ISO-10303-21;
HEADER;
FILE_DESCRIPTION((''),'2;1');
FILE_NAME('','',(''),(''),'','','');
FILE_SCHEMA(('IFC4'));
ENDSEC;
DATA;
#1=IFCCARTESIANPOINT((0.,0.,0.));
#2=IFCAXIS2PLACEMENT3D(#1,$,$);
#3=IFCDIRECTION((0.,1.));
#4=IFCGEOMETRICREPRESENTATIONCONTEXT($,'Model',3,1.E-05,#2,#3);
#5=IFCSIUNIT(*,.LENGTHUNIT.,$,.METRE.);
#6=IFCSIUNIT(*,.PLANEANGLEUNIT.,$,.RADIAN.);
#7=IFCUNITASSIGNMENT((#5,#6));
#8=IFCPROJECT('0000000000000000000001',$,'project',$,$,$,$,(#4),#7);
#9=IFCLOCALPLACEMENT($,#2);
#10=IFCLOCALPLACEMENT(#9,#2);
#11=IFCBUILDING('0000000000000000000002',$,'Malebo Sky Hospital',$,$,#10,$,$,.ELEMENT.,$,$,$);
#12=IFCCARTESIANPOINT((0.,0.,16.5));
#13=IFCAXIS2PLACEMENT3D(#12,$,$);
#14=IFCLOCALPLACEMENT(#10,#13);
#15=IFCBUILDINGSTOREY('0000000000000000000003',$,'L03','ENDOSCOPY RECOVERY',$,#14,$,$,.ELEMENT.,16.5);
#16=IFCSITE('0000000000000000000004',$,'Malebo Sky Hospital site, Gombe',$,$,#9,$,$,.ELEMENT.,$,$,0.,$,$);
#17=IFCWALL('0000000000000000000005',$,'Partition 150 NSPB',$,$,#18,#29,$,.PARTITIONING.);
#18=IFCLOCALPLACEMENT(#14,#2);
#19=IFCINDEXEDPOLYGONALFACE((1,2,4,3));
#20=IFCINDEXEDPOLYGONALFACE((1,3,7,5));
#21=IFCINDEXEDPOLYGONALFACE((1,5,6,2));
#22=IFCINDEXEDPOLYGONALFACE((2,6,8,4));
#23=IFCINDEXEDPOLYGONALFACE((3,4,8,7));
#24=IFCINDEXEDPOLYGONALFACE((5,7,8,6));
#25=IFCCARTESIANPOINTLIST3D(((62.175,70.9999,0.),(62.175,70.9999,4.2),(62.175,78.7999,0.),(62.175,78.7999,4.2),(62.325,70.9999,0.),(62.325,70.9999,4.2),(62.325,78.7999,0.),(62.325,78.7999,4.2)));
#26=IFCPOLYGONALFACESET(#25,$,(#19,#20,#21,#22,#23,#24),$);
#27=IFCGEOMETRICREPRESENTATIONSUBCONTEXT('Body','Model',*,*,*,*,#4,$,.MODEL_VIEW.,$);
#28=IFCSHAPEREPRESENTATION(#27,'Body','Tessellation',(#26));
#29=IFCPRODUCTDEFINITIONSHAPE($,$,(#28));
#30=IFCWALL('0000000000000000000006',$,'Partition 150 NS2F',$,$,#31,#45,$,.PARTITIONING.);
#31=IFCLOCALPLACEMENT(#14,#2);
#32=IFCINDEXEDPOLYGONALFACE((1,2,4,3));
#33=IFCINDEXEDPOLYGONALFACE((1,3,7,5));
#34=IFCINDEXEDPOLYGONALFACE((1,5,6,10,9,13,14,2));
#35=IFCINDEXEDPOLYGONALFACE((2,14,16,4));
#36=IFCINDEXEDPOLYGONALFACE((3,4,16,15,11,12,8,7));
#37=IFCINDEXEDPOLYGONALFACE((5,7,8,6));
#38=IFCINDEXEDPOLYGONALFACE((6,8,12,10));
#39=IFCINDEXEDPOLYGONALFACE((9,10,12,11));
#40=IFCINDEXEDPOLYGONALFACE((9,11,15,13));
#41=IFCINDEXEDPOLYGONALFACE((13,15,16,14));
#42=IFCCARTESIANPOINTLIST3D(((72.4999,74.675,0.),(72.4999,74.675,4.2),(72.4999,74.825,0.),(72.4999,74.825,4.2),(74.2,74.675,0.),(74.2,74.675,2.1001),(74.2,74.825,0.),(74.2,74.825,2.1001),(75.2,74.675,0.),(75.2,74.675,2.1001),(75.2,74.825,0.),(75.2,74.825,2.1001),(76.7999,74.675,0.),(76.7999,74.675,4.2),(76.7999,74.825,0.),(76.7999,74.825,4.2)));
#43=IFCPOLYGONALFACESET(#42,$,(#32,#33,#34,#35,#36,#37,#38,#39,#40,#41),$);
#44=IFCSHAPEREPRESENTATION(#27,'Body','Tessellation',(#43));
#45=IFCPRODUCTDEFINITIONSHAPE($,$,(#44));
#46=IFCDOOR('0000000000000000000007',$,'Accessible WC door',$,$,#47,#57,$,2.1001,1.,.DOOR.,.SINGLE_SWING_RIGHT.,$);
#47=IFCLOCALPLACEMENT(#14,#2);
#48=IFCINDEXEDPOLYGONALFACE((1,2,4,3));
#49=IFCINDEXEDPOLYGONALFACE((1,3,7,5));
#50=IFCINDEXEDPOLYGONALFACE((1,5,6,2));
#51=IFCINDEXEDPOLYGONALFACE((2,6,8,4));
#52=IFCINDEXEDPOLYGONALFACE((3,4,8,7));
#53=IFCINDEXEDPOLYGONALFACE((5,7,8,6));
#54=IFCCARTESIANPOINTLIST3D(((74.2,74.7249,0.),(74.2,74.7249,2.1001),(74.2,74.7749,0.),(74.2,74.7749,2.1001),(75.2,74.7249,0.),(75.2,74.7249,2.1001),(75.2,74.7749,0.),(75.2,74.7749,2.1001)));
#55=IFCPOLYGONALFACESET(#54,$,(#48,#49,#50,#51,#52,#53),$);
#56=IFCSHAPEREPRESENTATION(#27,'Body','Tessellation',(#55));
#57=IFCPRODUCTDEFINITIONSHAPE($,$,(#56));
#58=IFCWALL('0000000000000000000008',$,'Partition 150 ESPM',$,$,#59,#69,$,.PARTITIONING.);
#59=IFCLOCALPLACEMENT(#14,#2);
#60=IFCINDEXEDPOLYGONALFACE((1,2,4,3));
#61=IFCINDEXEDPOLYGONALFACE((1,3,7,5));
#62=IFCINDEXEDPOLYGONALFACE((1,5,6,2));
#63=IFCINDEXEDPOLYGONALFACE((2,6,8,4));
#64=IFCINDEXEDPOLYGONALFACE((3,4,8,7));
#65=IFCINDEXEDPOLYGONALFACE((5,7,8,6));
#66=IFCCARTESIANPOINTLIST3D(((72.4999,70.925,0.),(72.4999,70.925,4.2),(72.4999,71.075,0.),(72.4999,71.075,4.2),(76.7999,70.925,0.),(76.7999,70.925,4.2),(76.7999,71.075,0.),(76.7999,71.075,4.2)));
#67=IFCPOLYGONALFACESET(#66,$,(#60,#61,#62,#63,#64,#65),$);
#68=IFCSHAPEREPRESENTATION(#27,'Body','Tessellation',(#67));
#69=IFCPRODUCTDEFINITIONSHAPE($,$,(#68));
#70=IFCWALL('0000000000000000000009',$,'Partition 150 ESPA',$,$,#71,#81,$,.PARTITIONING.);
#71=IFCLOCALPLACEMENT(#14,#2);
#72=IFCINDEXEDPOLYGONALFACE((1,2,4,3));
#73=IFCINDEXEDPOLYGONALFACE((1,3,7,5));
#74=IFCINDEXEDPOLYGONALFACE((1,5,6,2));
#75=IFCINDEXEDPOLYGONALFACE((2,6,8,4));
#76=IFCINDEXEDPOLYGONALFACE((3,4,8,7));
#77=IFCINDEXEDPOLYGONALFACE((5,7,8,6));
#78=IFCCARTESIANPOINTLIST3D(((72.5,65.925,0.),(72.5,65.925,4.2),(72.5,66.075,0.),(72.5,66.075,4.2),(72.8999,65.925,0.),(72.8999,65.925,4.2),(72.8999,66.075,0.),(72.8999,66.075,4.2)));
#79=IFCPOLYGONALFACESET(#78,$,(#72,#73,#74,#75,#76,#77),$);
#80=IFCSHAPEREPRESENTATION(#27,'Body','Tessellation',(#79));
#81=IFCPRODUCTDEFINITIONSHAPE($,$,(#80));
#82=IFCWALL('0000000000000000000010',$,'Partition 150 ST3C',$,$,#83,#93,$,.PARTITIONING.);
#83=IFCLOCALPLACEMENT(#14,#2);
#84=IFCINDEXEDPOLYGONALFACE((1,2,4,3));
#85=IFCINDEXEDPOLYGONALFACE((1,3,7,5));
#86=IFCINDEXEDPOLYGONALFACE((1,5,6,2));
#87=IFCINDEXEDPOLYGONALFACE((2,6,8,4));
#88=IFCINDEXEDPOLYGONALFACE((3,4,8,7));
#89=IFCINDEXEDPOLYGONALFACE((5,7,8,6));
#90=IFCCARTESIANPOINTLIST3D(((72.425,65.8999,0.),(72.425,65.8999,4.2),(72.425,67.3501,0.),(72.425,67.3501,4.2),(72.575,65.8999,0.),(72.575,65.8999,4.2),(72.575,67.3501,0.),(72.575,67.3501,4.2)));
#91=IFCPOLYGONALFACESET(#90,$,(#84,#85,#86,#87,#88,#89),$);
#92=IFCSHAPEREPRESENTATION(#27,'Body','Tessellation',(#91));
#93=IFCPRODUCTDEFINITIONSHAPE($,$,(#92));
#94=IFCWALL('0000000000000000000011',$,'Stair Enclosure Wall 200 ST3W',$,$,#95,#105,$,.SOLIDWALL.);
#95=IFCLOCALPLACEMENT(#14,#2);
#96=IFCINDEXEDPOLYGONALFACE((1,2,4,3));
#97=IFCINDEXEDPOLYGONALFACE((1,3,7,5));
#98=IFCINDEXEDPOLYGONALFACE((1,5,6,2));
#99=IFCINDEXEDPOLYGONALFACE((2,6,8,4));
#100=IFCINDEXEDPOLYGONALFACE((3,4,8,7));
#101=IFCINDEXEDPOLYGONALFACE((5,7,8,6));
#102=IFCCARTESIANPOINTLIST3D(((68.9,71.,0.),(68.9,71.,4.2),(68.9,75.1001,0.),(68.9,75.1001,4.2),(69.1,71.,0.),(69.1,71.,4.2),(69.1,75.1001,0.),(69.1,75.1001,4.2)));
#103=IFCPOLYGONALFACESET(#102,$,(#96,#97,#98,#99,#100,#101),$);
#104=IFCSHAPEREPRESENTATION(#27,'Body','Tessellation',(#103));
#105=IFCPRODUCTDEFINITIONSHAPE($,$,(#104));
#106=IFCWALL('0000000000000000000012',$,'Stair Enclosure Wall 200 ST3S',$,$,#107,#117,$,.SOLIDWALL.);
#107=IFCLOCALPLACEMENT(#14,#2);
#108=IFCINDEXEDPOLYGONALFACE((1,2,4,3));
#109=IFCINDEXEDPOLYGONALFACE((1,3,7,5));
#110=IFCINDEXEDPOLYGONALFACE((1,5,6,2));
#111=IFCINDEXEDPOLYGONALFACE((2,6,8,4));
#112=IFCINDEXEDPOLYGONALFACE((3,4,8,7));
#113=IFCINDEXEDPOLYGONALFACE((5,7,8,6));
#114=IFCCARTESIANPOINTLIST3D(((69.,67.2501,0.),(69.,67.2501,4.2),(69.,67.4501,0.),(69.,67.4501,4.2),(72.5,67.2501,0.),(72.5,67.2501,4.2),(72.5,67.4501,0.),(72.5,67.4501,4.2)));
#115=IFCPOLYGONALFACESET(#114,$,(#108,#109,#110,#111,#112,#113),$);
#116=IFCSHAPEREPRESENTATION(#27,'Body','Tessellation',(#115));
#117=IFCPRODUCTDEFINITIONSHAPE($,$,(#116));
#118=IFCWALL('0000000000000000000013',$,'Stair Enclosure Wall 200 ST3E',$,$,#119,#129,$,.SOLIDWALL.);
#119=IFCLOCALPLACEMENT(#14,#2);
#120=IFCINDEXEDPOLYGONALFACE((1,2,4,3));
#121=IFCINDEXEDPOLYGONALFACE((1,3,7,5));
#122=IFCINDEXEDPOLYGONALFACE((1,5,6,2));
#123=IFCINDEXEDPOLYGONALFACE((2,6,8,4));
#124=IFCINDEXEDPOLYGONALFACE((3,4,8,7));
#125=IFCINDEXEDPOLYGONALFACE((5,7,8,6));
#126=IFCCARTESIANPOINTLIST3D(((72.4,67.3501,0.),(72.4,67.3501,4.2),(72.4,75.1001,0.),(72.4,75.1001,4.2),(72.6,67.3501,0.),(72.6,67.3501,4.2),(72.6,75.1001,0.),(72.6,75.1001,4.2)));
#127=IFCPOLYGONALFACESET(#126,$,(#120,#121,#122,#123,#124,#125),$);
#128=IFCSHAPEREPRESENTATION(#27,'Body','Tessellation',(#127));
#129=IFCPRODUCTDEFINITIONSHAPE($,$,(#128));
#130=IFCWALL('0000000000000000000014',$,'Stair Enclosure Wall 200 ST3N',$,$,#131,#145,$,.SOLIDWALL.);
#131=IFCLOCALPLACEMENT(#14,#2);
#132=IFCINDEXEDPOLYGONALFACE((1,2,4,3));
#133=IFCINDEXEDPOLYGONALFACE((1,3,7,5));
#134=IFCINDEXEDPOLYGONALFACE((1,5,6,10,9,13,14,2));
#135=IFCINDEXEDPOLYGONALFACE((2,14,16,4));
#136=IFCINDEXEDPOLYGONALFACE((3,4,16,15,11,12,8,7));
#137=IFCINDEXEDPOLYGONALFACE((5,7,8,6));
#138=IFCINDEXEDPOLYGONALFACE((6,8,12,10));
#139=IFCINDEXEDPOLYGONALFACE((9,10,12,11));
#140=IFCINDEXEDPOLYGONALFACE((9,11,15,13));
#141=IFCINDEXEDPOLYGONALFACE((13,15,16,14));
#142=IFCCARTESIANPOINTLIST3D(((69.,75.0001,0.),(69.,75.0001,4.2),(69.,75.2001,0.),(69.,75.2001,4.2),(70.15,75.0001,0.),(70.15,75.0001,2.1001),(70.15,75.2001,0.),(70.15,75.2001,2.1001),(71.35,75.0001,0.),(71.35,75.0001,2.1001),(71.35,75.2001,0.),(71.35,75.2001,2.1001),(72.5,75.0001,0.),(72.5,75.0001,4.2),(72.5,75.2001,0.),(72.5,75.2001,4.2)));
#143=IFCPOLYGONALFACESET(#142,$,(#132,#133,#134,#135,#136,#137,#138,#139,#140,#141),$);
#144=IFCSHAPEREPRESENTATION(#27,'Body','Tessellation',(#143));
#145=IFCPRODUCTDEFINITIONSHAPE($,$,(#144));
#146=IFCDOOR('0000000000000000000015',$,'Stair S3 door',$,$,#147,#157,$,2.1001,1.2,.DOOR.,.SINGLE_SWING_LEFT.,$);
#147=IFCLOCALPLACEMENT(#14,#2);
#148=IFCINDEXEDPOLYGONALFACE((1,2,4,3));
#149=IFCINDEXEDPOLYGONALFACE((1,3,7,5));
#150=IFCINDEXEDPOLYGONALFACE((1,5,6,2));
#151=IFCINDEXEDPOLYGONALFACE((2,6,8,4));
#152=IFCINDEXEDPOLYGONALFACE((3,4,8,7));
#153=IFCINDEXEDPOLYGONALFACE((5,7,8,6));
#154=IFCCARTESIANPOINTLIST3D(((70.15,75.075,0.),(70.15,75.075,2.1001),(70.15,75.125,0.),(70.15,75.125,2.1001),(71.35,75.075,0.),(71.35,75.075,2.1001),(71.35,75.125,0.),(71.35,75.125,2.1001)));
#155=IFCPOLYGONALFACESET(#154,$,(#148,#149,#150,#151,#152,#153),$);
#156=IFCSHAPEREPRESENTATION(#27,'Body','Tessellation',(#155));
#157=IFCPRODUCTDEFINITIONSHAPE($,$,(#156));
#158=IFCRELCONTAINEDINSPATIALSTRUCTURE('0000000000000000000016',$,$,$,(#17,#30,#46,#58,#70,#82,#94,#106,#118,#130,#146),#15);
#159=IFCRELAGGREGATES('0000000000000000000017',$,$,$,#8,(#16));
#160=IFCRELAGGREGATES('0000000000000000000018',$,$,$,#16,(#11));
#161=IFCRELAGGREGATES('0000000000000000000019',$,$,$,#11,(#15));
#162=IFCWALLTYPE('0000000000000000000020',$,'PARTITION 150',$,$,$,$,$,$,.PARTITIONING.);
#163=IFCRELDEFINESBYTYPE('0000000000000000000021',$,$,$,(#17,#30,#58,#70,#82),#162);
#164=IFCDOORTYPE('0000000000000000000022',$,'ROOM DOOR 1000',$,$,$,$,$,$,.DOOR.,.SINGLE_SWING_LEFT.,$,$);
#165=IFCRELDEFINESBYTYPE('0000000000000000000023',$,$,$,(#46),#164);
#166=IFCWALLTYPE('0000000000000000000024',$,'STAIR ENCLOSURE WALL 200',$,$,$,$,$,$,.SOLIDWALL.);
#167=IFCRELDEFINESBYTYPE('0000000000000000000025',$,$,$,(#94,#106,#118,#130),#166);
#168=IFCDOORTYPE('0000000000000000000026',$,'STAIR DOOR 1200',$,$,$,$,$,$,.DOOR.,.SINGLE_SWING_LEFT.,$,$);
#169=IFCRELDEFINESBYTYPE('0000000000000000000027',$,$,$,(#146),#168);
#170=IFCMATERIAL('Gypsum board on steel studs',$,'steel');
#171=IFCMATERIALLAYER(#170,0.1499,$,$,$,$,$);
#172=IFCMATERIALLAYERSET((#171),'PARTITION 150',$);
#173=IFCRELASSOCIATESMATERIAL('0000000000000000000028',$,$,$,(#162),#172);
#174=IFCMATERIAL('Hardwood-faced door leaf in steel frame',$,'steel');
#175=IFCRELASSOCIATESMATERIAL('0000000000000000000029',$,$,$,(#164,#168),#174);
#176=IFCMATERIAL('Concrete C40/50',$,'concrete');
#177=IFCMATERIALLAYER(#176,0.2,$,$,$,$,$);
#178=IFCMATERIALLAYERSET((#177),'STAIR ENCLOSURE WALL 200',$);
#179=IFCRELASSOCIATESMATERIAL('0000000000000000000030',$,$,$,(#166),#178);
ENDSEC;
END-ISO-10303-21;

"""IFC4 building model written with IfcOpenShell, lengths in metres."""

from ifc_helpers import new_model, si_unit, direction, frame, frame_2d, origin, place, context, subcontext, project, spatial, rectangle, extrude, material, layer, layer_set, type_object, element, fill, save


model = new_model("IFC4")

# Units and contexts
model_context = context("Model", 3, precision=1e-05, world=origin(), true_north=direction((0.0, 1.0)))
body_context = subcontext(model_context, "Body", "Model", "MODEL_VIEW")
ifc_project = project(units=[si_unit("LENGTHUNIT", "METRE"), si_unit("PLANEANGLEUNIT", "RADIAN")], contexts=[model_context])

# Site, building, storey
site_placement = place(None, origin())
site = spatial("IfcSite", under=ifc_project, at=site_placement, Name="Malebo Sky Hospital site, Gombe", CompositionType="ELEMENT", RefElevation=0.0)
building_placement = place(site_placement, origin())
building = spatial("IfcBuilding", under=site, at=building_placement, Name="Malebo Sky Hospital", CompositionType="ELEMENT")
storey_placement = place(building_placement, frame((0.0, 0.0, 16.5)))
storey = spatial("IfcBuildingStorey", under=building, at=storey_placement, Name="L03", Description="ENDOSCOPY RECOVERY", CompositionType="ELEMENT", Elevation=16.5)

# Wall
ifc_material_1 = material(Name="Gypsum board on steel studs", Category="steel")
ifc_layer_1 = layer(ifc_material_1, 0.1499)
ifc_layer_set_1 = layer_set([ifc_layer_1], Name="PARTITION 150")
wall_type_1 = type_object("IfcWallType", Name="PARTITION 150", PredefinedType="PARTITIONING", material=ifc_layer_set_1)
wall_1_placement = place(storey_placement, frame((62.25, 71.0, 0.0), z_axis=(0.0, 0.0, 1.0), x_axis=(0.0, 1.0, 0.0)))
element("IfcWall", 1, at=wall_1_placement, inside=storey, type_object=wall_type_1, Name="Partition 150 NSPB", PredefinedType="PARTITIONING", context=body_context, shape_type="SweptSolid", body=[
    extrude(rectangle(XDim=7.8, YDim=0.1499, at=frame_2d((3.8999, 0.0))), origin(), (0.0, 0.0, 1.0), 4.2),
])

# Wall, opening, door
wall_2_placement = place(storey_placement, frame((72.5, 74.75, 0.0), z_axis=(0.0, 0.0, 1.0), x_axis=(1.0, 0.0, 0.0)))
wall_2 = element("IfcWall", 2, at=wall_2_placement, inside=storey, type_object=wall_type_1, Name="Partition 150 NS2F", PredefinedType="PARTITIONING", context=body_context, shape_type="SweptSolid", body=[
    extrude(rectangle(XDim=4.3, YDim=0.1499, at=frame_2d((2.1499, 0.0))), origin(), (0.0, 0.0, 1.0), 4.2),
])
opening_1_placement = place(wall_2_placement, frame((1.7, 0.0, 0.0)))
opening_1 = element("IfcOpeningElement", 3, at=opening_1_placement, cuts=wall_2, PredefinedType="OPENING", context=body_context, shape_type="SweptSolid", body=[
    extrude(rectangle(XDim=1.0, YDim=2.1001, at=frame_2d((0.5, 1.05))), frame((0.0, 0.085, 0.0), z_axis=(0.0, -1.0, 0.0), x_axis=(1.0, 0.0, 0.0)), (0.0, 0.0, 1.0), 0.1699),
])
ifc_material_2 = material(Name="Hardwood-faced door leaf in steel frame", Category="steel")
door_type_1 = type_object("IfcDoorType", Name="ROOM DOOR 1000", OperationType="SINGLE_SWING_LEFT", PredefinedType="DOOR", material=ifc_material_2)
door_1_placement = place(opening_1_placement, origin())
door_1 = element("IfcDoor", 4, at=door_1_placement, inside=storey, type_object=door_type_1, Name="Accessible WC door", OperationType="SINGLE_SWING_RIGHT", OverallHeight=2.1001, OverallWidth=1.0, PredefinedType="DOOR", context=body_context, shape_type="SweptSolid", body=[
    extrude(rectangle(XDim=1.0, YDim=2.1001, at=frame_2d((0.5, 1.05))), frame((0.0, 0.0249, 0.0), z_axis=(0.0, -1.0, 0.0), x_axis=(1.0, 0.0, 0.0)), (0.0, 0.0, 1.0), 0.05),
])
fill(opening_1, door_1)

# Walls
wall_3_placement = place(storey_placement, frame((72.5, 71.0, 0.0), z_axis=(0.0, 0.0, 1.0), x_axis=(1.0, 0.0, 0.0)))
element("IfcWall", 5, at=wall_3_placement, inside=storey, type_object=wall_type_1, Name="Partition 150 ESPM", PredefinedType="PARTITIONING", context=body_context, shape_type="SweptSolid", body=[
    extrude(rectangle(XDim=4.3, YDim=0.1499, at=frame_2d((2.1499, 0.0))), origin(), (0.0, 0.0, 1.0), 4.2),
])
wall_4_placement = place(storey_placement, frame((72.5, 66.0, 0.0), z_axis=(0.0, 0.0, 1.0), x_axis=(1.0, 0.0, 0.0)))
element("IfcWall", 6, at=wall_4_placement, inside=storey, type_object=wall_type_1, Name="Partition 150 ESPA", PredefinedType="PARTITIONING", context=body_context, shape_type="SweptSolid", body=[
    extrude(rectangle(XDim=0.3999, YDim=0.1499, at=frame_2d((0.2, 0.0))), origin(), (0.0, 0.0, 1.0), 4.2),
])
wall_5_placement = place(storey_placement, frame((72.5, 65.8999, 0.0), z_axis=(0.0, 0.0, 1.0), x_axis=(0.0, 1.0, 0.0)))
element("IfcWall", 7, at=wall_5_placement, inside=storey, type_object=wall_type_1, Name="Partition 150 ST3C", PredefinedType="PARTITIONING", context=body_context, shape_type="SweptSolid", body=[
    extrude(rectangle(XDim=1.4502, YDim=0.1499, at=frame_2d((0.7251, 0.0))), origin(), (0.0, 0.0, 1.0), 4.2),
])
ifc_material_3 = material(Name="Concrete C40/50", Category="concrete")
ifc_layer_2 = layer(ifc_material_3, 0.2)
ifc_layer_set_2 = layer_set([ifc_layer_2], Name="STAIR ENCLOSURE WALL 200")
wall_type_2 = type_object("IfcWallType", Name="STAIR ENCLOSURE WALL 200", PredefinedType="SOLIDWALL", material=ifc_layer_set_2)
wall_6_placement = place(storey_placement, frame((69.0, 71.0, 0.0), z_axis=(0.0, 0.0, 1.0), x_axis=(0.0, 1.0, 0.0)))
element("IfcWall", 8, at=wall_6_placement, inside=storey, type_object=wall_type_2, Name="Stair Enclosure Wall 200 ST3W", PredefinedType="SOLIDWALL", context=body_context, shape_type="SweptSolid", body=[
    extrude(rectangle(XDim=4.1001, YDim=0.2, at=frame_2d((2.05, 0.0))), origin(), (0.0, 0.0, 1.0), 4.2),
])
wall_7_placement = place(storey_placement, frame((69.0, 67.3501, 0.0), z_axis=(0.0, 0.0, 1.0), x_axis=(1.0, 0.0, 0.0)))
element("IfcWall", 9, at=wall_7_placement, inside=storey, type_object=wall_type_2, Name="Stair Enclosure Wall 200 ST3S", PredefinedType="SOLIDWALL", context=body_context, shape_type="SweptSolid", body=[
    extrude(rectangle(XDim=3.5, YDim=0.2, at=frame_2d((1.75, 0.0))), origin(), (0.0, 0.0, 1.0), 4.2),
])
wall_8_placement = place(storey_placement, frame((72.5, 67.3501, 0.0), z_axis=(0.0, 0.0, 1.0), x_axis=(0.0, 1.0, 0.0)))
element("IfcWall", 10, at=wall_8_placement, inside=storey, type_object=wall_type_2, Name="Stair Enclosure Wall 200 ST3E", PredefinedType="SOLIDWALL", context=body_context, shape_type="SweptSolid", body=[
    extrude(rectangle(XDim=7.75, YDim=0.2, at=frame_2d((3.875, 0.0))), origin(), (0.0, 0.0, 1.0), 4.2),
])

# Wall, opening, door
wall_9_placement = place(storey_placement, frame((69.0, 75.1001, 0.0), z_axis=(0.0, 0.0, 1.0), x_axis=(1.0, 0.0, 0.0)))
wall_9 = element("IfcWall", 11, at=wall_9_placement, inside=storey, type_object=wall_type_2, Name="Stair Enclosure Wall 200 ST3N", PredefinedType="SOLIDWALL", context=body_context, shape_type="SweptSolid", body=[
    extrude(rectangle(XDim=3.5, YDim=0.2, at=frame_2d((1.75, 0.0))), origin(), (0.0, 0.0, 1.0), 4.2),
])
opening_2_placement = place(wall_9_placement, frame((1.1499, 0.0, 0.0)))
opening_2 = element("IfcOpeningElement", 12, at=opening_2_placement, cuts=wall_9, PredefinedType="OPENING", context=body_context, shape_type="SweptSolid", body=[
    extrude(rectangle(XDim=1.2, YDim=2.1001, at=frame_2d((0.6001, 1.05))), frame((0.0, 0.1099, 0.0), z_axis=(0.0, -1.0, 0.0), x_axis=(1.0, 0.0, 0.0)), (0.0, 0.0, 1.0), 0.22),
])
door_type_2 = type_object("IfcDoorType", Name="STAIR DOOR 1200", OperationType="SINGLE_SWING_LEFT", PredefinedType="DOOR", material=ifc_material_2)
door_2_placement = place(opening_2_placement, origin())
door_2 = element("IfcDoor", 13, at=door_2_placement, inside=storey, type_object=door_type_2, Name="Stair S3 door", OperationType="SINGLE_SWING_LEFT", OverallHeight=2.1001, OverallWidth=1.2, PredefinedType="DOOR", context=body_context, shape_type="SweptSolid", body=[
    extrude(rectangle(XDim=1.2, YDim=2.1001, at=frame_2d((0.6001, 1.05))), frame((0.0, 0.0249, 0.0), z_axis=(0.0, -1.0, 0.0), x_axis=(1.0, 0.0, 0.0)), (0.0, 0.0, 1.0), 0.05),
])
fill(opening_2, door_2)

save(model, "model.ifc")
